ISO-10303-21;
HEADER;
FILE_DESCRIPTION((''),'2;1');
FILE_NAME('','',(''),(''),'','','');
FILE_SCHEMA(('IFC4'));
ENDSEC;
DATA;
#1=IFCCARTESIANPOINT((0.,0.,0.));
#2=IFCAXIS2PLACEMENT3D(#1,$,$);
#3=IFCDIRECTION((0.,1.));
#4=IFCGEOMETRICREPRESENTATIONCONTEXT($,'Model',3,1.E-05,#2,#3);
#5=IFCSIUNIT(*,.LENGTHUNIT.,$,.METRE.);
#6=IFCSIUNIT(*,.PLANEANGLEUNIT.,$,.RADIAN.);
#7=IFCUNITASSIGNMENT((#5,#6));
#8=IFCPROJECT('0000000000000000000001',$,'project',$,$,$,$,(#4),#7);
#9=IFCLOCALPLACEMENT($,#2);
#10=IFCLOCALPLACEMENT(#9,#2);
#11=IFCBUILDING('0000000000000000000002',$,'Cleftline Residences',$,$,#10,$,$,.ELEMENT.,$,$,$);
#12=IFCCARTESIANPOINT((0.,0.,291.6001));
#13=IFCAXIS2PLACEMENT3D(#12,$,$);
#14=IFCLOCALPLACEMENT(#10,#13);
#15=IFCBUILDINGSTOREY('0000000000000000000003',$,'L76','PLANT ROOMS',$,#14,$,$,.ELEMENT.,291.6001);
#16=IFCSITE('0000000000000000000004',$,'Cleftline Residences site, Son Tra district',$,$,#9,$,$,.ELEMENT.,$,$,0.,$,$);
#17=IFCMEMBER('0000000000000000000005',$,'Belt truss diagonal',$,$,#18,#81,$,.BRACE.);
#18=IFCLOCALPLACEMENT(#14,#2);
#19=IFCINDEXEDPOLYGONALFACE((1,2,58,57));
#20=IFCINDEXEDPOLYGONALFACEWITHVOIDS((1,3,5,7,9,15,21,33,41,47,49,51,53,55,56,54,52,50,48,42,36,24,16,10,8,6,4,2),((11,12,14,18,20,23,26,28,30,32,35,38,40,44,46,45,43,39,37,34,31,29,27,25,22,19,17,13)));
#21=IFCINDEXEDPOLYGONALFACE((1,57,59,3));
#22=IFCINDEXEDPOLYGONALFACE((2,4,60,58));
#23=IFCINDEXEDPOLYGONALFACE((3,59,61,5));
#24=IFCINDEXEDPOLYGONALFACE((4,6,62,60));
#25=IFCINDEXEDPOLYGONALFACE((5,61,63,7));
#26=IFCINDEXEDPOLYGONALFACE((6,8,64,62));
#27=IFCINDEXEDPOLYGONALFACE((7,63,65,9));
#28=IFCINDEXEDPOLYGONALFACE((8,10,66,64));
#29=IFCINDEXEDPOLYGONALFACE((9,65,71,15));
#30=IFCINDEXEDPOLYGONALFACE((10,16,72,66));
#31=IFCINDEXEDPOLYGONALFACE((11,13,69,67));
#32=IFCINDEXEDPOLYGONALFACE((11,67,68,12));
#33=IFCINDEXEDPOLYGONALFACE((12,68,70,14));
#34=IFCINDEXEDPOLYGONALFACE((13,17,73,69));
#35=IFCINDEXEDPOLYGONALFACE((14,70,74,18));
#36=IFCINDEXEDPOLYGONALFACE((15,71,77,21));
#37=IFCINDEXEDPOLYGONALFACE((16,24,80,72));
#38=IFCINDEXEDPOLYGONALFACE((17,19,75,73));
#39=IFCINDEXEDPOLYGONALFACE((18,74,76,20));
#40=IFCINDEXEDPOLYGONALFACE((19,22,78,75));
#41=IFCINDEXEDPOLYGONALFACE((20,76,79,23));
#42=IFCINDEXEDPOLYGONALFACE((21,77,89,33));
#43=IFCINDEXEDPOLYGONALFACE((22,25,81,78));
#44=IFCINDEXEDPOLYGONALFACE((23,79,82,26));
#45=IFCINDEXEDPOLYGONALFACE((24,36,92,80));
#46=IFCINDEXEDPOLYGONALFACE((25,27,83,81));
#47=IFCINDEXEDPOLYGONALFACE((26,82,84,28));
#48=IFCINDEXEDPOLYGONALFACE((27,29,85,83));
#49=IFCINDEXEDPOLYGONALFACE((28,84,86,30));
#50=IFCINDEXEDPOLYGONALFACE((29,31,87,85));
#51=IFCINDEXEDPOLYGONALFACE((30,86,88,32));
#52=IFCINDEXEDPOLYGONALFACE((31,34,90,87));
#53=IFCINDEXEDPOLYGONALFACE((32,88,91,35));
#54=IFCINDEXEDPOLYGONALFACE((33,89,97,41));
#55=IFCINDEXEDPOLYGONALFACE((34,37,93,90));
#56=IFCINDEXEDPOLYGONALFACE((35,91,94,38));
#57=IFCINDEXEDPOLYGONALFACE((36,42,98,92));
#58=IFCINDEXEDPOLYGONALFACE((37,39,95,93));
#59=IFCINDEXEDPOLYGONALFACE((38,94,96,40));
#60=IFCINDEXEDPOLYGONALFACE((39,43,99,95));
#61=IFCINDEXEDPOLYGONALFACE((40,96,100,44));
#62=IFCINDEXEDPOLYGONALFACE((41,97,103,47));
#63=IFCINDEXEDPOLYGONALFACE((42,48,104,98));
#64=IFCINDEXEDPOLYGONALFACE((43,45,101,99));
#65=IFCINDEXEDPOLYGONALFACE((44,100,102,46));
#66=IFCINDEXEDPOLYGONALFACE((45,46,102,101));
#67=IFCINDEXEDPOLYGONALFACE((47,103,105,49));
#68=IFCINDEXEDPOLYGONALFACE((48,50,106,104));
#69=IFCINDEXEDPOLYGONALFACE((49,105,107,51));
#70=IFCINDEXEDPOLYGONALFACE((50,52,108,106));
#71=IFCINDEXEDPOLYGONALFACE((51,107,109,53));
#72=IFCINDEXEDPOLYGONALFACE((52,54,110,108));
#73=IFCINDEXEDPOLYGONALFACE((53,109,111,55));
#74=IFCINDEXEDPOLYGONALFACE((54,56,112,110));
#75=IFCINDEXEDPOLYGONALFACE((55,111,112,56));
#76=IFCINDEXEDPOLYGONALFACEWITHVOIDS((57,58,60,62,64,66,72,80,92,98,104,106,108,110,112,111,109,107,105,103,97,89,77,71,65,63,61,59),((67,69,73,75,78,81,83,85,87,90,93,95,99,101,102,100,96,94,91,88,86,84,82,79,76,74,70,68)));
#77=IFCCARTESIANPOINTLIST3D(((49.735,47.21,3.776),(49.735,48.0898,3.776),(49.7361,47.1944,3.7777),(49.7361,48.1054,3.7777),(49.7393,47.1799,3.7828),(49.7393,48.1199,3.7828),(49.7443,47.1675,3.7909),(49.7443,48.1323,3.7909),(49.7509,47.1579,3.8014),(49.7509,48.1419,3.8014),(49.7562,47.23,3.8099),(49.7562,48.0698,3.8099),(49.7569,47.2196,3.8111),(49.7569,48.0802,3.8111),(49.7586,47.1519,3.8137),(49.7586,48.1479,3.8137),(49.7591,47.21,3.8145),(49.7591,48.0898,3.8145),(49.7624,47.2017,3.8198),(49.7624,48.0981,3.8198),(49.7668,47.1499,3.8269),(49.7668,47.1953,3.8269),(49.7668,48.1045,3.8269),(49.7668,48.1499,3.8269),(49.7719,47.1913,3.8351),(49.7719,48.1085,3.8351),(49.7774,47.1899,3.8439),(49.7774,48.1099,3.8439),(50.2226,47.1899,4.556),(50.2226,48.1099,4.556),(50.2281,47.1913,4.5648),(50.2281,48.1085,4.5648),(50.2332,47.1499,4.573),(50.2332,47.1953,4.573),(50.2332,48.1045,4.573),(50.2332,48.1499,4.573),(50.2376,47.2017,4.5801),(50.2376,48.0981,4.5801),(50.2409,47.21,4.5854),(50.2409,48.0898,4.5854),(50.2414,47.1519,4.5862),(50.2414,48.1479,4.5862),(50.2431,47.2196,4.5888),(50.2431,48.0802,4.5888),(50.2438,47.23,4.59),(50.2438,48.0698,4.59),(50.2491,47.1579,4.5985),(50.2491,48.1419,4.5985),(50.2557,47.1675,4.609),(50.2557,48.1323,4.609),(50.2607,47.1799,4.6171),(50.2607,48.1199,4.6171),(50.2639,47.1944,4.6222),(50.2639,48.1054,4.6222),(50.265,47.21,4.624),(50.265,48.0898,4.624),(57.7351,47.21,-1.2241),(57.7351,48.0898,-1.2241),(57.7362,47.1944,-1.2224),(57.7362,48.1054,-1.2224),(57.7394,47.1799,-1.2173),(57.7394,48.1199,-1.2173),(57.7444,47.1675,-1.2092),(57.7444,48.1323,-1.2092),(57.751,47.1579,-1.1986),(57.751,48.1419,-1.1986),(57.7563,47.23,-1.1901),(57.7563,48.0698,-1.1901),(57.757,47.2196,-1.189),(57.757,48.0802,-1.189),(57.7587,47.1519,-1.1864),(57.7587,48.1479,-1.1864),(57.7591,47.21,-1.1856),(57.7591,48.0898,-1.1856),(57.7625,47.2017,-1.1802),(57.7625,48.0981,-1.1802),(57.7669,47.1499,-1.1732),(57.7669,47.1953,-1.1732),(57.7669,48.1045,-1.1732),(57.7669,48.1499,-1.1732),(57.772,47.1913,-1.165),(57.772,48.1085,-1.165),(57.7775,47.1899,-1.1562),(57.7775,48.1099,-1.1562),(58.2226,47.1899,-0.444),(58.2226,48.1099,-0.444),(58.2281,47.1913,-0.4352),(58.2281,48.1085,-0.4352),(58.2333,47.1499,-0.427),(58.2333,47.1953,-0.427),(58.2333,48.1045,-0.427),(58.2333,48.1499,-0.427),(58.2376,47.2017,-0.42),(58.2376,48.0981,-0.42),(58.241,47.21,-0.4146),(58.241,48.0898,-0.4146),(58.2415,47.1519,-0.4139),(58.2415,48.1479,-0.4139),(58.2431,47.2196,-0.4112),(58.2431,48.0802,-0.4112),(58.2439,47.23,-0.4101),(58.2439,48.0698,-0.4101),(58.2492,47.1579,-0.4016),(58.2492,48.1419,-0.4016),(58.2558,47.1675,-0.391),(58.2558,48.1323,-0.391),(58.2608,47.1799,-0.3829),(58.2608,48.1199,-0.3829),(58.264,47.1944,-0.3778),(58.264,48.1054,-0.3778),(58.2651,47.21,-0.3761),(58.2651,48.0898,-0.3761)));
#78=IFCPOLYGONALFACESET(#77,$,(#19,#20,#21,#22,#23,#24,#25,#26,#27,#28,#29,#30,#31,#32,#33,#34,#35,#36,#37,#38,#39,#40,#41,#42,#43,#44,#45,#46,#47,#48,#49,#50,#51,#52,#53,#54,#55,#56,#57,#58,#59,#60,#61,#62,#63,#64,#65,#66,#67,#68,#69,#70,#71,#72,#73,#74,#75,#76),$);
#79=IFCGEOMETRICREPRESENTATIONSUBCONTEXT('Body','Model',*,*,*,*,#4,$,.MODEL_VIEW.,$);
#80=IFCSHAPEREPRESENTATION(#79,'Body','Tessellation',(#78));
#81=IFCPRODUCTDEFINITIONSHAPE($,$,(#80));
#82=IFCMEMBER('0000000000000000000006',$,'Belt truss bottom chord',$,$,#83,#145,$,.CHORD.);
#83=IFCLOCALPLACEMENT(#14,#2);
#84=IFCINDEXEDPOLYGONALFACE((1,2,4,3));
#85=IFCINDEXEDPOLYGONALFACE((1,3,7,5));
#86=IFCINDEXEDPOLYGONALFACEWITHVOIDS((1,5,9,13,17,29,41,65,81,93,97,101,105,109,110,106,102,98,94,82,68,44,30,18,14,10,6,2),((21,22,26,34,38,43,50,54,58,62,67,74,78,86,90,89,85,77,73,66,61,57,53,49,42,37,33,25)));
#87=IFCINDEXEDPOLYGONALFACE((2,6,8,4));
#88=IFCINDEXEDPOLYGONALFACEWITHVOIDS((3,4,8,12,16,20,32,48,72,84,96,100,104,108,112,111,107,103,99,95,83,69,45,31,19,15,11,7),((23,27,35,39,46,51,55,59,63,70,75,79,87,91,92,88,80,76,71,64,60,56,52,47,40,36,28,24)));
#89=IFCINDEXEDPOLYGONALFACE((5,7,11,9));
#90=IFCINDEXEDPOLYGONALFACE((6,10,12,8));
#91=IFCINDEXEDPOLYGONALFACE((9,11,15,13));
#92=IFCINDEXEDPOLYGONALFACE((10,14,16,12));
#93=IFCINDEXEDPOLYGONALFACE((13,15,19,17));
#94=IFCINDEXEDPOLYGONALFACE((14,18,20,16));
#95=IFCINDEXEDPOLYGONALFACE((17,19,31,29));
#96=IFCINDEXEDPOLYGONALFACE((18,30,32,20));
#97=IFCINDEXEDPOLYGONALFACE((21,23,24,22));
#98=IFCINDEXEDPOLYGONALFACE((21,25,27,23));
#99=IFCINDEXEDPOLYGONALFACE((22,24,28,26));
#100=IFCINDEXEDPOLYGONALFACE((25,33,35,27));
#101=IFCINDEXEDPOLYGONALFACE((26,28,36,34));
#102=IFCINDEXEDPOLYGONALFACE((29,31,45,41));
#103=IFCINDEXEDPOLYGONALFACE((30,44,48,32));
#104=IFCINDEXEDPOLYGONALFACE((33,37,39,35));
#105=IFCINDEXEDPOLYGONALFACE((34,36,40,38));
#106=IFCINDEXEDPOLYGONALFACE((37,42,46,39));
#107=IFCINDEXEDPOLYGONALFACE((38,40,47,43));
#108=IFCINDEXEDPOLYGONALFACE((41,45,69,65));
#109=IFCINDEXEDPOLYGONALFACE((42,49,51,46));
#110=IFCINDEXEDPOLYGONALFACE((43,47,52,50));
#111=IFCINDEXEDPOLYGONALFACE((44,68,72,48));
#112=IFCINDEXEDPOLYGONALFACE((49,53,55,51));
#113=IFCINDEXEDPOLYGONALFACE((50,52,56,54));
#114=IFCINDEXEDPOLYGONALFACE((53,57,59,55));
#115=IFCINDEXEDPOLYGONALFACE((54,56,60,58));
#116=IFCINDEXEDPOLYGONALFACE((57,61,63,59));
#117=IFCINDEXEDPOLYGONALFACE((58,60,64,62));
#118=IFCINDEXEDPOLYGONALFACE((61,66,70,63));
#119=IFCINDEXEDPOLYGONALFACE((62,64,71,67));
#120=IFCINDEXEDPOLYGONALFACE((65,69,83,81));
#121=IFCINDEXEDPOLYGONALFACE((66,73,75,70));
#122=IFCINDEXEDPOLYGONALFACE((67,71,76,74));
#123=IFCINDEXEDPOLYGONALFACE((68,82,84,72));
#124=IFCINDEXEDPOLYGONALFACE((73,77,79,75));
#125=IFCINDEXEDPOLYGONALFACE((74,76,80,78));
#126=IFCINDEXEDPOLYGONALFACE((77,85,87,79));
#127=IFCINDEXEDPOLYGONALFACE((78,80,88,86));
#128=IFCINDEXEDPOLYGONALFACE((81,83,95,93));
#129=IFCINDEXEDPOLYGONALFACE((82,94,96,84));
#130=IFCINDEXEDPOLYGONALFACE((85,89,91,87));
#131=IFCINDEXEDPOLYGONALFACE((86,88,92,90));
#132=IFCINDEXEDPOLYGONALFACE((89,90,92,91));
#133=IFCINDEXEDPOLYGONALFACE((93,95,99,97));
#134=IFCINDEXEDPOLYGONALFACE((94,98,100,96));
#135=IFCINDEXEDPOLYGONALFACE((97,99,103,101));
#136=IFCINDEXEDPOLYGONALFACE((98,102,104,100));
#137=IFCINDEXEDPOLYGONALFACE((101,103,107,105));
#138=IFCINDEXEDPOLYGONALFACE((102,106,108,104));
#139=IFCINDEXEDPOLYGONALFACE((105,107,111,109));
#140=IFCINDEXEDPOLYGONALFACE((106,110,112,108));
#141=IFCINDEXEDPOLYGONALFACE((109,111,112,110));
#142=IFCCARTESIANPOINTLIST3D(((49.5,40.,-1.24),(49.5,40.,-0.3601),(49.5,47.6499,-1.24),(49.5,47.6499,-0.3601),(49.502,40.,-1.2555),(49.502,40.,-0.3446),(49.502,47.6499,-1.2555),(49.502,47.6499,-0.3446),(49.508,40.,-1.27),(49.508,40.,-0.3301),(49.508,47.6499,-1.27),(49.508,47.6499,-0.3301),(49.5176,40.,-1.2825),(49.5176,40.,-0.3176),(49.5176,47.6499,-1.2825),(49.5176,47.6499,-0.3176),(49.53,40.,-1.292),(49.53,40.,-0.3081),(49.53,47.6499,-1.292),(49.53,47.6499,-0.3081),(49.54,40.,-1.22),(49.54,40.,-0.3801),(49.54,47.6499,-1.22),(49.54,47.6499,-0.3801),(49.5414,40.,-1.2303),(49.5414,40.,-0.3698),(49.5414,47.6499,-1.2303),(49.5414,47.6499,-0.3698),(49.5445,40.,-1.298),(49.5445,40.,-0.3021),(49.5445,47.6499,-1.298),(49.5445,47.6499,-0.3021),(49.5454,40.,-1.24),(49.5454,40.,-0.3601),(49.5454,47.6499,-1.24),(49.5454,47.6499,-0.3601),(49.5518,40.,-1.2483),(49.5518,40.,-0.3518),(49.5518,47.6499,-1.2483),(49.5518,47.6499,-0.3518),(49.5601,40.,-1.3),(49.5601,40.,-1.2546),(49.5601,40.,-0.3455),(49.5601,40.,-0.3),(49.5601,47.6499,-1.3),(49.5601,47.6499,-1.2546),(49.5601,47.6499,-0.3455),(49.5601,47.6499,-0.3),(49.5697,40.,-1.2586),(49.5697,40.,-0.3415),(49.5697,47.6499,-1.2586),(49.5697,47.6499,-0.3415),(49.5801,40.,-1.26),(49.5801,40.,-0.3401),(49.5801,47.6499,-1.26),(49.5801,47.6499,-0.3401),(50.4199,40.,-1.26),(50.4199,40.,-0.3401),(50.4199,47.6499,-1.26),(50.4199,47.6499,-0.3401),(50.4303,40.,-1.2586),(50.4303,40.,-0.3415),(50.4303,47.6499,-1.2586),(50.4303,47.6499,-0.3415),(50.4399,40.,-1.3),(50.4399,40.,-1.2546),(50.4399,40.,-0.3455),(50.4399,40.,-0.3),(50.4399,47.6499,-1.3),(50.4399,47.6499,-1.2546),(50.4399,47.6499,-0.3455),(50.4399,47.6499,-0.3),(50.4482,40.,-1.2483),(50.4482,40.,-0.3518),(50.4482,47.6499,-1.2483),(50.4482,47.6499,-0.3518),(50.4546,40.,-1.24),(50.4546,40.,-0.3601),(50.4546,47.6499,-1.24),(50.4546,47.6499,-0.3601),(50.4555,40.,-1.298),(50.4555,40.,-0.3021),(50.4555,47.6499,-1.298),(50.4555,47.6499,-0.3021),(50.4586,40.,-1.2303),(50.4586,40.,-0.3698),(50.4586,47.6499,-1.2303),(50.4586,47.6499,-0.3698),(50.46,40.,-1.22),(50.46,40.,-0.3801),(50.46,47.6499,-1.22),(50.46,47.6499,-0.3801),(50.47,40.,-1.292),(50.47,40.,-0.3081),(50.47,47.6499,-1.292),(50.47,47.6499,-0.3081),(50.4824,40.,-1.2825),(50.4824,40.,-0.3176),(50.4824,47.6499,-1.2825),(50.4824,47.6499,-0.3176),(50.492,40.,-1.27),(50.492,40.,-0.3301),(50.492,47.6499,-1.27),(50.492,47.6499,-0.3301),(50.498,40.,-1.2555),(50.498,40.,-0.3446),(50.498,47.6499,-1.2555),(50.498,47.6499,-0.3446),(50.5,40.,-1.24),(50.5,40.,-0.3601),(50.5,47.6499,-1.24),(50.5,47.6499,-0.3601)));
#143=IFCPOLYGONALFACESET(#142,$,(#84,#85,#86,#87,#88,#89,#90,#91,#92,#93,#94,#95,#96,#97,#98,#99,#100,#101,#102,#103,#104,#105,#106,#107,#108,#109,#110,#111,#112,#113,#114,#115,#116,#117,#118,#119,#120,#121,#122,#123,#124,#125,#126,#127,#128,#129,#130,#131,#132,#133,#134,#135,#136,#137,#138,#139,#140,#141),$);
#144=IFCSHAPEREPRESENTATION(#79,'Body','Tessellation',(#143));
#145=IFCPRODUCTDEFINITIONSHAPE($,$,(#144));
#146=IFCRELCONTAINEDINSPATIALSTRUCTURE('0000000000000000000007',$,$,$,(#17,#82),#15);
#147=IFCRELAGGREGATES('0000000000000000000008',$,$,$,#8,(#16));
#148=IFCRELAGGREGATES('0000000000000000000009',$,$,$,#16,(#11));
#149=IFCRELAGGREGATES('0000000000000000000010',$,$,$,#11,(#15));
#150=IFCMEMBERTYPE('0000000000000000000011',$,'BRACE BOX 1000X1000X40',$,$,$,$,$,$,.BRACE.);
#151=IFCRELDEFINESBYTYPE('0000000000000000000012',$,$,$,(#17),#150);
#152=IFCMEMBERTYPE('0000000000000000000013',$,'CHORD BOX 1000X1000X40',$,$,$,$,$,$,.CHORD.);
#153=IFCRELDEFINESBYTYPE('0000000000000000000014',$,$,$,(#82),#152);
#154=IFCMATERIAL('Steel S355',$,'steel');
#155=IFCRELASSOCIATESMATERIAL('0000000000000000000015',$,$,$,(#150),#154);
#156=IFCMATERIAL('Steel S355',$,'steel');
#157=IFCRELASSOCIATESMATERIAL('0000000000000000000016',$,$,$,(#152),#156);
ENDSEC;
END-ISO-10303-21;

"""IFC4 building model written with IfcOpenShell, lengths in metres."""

from ifc_helpers import new_model, si_unit, direction, frame, origin, origin_2d, place, context, subcontext, project, spatial, hollow_rectangle, extrude, material, material_profile, profile_set, type_object, element, save


model = new_model("IFC4")

# Units and contexts
model_context = context("Model", 3, precision=1e-05, world=origin(), true_north=direction((0.0, 1.0)))
body_context = subcontext(model_context, "Body", "Model", "MODEL_VIEW")
ifc_project = project(units=[si_unit("LENGTHUNIT", "METRE"), si_unit("PLANEANGLEUNIT", "RADIAN")], contexts=[model_context])

# Site, building, storey
site_placement = place(None, origin())
site = spatial("IfcSite", under=ifc_project, at=site_placement, Name="Cleftline Residences site, Son Tra district", CompositionType="ELEMENT", RefElevation=0.0)
building_placement = place(site_placement, origin())
building = spatial("IfcBuilding", under=site, at=building_placement, Name="Cleftline Residences", CompositionType="ELEMENT")
storey_placement = place(building_placement, frame((0.0, 0.0, 291.6001)))
storey = spatial("IfcBuildingStorey", under=building, at=storey_placement, Name="L76", Description="PLANT ROOMS", CompositionType="ELEMENT", Elevation=291.6001)

# Members
ifc_material_1 = material(Name="Steel S355", Category="steel")
ifc_material_profile_1 = material_profile(ifc_material_1, hollow_rectangle(XDim=1.0, YDim=1.0, WallThickness=0.04, InnerFilletRadius=0.04, OuterFilletRadius=0.0601, at=origin_2d()))
ifc_profile_set_1 = profile_set([ifc_material_profile_1], Name="Steel S355")
member_type_1 = type_object("IfcMemberType", Name="BRACE BOX 1000X1000X40", PredefinedType="BRACE", material=ifc_profile_set_1)
member_1_placement = place(storey_placement, frame((50.0, 47.6499, 4.2), z_axis=(0.847998, 0.0, -0.529999), x_axis=(0.529999, 0.0, 0.847998)))
element("IfcMember", 1, at=member_1_placement, inside=storey, type_object=member_type_1, Name="Belt truss diagonal", PredefinedType="BRACE", context=body_context, shape_type="SweptSolid", body=[
    extrude(hollow_rectangle(XDim=1.0, YDim=1.0, WallThickness=0.04, InnerFilletRadius=0.04, OuterFilletRadius=0.0601, at=origin_2d()), origin(), (0.0, 0.0, 1.0), 9.4341),
])
ifc_material_2 = material(Name="Steel S355", Category="steel")
ifc_material_profile_2 = material_profile(ifc_material_2, hollow_rectangle(XDim=1.0, YDim=1.0, WallThickness=0.04, InnerFilletRadius=0.04, OuterFilletRadius=0.0601, at=origin_2d()))
ifc_profile_set_2 = profile_set([ifc_material_profile_2], Name="Steel S355")
member_type_2 = type_object("IfcMemberType", Name="CHORD BOX 1000X1000X40", PredefinedType="CHORD", material=ifc_profile_set_2)
for number, where, z_axis, x_axis, name in (
    (2, (50.0, 40.0, -0.8), (0.0, 1.0, 0.0), (-1.0, 0.0, 0.0), "Belt truss bottom chord"),
):
    element("IfcMember", number, at=place(storey_placement, frame(where, z_axis=z_axis, x_axis=x_axis)), inside=storey, type_object=member_type_2, Name=name, PredefinedType="CHORD", context=body_context, shape_type="SweptSolid", body=[
        extrude(hollow_rectangle(XDim=1.0, YDim=1.0, WallThickness=0.04, InnerFilletRadius=0.04, OuterFilletRadius=0.0601, at=origin_2d()), origin(), (0.0, 0.0, 1.0), 7.6499),
    ])

save(model, "model.ifc")
